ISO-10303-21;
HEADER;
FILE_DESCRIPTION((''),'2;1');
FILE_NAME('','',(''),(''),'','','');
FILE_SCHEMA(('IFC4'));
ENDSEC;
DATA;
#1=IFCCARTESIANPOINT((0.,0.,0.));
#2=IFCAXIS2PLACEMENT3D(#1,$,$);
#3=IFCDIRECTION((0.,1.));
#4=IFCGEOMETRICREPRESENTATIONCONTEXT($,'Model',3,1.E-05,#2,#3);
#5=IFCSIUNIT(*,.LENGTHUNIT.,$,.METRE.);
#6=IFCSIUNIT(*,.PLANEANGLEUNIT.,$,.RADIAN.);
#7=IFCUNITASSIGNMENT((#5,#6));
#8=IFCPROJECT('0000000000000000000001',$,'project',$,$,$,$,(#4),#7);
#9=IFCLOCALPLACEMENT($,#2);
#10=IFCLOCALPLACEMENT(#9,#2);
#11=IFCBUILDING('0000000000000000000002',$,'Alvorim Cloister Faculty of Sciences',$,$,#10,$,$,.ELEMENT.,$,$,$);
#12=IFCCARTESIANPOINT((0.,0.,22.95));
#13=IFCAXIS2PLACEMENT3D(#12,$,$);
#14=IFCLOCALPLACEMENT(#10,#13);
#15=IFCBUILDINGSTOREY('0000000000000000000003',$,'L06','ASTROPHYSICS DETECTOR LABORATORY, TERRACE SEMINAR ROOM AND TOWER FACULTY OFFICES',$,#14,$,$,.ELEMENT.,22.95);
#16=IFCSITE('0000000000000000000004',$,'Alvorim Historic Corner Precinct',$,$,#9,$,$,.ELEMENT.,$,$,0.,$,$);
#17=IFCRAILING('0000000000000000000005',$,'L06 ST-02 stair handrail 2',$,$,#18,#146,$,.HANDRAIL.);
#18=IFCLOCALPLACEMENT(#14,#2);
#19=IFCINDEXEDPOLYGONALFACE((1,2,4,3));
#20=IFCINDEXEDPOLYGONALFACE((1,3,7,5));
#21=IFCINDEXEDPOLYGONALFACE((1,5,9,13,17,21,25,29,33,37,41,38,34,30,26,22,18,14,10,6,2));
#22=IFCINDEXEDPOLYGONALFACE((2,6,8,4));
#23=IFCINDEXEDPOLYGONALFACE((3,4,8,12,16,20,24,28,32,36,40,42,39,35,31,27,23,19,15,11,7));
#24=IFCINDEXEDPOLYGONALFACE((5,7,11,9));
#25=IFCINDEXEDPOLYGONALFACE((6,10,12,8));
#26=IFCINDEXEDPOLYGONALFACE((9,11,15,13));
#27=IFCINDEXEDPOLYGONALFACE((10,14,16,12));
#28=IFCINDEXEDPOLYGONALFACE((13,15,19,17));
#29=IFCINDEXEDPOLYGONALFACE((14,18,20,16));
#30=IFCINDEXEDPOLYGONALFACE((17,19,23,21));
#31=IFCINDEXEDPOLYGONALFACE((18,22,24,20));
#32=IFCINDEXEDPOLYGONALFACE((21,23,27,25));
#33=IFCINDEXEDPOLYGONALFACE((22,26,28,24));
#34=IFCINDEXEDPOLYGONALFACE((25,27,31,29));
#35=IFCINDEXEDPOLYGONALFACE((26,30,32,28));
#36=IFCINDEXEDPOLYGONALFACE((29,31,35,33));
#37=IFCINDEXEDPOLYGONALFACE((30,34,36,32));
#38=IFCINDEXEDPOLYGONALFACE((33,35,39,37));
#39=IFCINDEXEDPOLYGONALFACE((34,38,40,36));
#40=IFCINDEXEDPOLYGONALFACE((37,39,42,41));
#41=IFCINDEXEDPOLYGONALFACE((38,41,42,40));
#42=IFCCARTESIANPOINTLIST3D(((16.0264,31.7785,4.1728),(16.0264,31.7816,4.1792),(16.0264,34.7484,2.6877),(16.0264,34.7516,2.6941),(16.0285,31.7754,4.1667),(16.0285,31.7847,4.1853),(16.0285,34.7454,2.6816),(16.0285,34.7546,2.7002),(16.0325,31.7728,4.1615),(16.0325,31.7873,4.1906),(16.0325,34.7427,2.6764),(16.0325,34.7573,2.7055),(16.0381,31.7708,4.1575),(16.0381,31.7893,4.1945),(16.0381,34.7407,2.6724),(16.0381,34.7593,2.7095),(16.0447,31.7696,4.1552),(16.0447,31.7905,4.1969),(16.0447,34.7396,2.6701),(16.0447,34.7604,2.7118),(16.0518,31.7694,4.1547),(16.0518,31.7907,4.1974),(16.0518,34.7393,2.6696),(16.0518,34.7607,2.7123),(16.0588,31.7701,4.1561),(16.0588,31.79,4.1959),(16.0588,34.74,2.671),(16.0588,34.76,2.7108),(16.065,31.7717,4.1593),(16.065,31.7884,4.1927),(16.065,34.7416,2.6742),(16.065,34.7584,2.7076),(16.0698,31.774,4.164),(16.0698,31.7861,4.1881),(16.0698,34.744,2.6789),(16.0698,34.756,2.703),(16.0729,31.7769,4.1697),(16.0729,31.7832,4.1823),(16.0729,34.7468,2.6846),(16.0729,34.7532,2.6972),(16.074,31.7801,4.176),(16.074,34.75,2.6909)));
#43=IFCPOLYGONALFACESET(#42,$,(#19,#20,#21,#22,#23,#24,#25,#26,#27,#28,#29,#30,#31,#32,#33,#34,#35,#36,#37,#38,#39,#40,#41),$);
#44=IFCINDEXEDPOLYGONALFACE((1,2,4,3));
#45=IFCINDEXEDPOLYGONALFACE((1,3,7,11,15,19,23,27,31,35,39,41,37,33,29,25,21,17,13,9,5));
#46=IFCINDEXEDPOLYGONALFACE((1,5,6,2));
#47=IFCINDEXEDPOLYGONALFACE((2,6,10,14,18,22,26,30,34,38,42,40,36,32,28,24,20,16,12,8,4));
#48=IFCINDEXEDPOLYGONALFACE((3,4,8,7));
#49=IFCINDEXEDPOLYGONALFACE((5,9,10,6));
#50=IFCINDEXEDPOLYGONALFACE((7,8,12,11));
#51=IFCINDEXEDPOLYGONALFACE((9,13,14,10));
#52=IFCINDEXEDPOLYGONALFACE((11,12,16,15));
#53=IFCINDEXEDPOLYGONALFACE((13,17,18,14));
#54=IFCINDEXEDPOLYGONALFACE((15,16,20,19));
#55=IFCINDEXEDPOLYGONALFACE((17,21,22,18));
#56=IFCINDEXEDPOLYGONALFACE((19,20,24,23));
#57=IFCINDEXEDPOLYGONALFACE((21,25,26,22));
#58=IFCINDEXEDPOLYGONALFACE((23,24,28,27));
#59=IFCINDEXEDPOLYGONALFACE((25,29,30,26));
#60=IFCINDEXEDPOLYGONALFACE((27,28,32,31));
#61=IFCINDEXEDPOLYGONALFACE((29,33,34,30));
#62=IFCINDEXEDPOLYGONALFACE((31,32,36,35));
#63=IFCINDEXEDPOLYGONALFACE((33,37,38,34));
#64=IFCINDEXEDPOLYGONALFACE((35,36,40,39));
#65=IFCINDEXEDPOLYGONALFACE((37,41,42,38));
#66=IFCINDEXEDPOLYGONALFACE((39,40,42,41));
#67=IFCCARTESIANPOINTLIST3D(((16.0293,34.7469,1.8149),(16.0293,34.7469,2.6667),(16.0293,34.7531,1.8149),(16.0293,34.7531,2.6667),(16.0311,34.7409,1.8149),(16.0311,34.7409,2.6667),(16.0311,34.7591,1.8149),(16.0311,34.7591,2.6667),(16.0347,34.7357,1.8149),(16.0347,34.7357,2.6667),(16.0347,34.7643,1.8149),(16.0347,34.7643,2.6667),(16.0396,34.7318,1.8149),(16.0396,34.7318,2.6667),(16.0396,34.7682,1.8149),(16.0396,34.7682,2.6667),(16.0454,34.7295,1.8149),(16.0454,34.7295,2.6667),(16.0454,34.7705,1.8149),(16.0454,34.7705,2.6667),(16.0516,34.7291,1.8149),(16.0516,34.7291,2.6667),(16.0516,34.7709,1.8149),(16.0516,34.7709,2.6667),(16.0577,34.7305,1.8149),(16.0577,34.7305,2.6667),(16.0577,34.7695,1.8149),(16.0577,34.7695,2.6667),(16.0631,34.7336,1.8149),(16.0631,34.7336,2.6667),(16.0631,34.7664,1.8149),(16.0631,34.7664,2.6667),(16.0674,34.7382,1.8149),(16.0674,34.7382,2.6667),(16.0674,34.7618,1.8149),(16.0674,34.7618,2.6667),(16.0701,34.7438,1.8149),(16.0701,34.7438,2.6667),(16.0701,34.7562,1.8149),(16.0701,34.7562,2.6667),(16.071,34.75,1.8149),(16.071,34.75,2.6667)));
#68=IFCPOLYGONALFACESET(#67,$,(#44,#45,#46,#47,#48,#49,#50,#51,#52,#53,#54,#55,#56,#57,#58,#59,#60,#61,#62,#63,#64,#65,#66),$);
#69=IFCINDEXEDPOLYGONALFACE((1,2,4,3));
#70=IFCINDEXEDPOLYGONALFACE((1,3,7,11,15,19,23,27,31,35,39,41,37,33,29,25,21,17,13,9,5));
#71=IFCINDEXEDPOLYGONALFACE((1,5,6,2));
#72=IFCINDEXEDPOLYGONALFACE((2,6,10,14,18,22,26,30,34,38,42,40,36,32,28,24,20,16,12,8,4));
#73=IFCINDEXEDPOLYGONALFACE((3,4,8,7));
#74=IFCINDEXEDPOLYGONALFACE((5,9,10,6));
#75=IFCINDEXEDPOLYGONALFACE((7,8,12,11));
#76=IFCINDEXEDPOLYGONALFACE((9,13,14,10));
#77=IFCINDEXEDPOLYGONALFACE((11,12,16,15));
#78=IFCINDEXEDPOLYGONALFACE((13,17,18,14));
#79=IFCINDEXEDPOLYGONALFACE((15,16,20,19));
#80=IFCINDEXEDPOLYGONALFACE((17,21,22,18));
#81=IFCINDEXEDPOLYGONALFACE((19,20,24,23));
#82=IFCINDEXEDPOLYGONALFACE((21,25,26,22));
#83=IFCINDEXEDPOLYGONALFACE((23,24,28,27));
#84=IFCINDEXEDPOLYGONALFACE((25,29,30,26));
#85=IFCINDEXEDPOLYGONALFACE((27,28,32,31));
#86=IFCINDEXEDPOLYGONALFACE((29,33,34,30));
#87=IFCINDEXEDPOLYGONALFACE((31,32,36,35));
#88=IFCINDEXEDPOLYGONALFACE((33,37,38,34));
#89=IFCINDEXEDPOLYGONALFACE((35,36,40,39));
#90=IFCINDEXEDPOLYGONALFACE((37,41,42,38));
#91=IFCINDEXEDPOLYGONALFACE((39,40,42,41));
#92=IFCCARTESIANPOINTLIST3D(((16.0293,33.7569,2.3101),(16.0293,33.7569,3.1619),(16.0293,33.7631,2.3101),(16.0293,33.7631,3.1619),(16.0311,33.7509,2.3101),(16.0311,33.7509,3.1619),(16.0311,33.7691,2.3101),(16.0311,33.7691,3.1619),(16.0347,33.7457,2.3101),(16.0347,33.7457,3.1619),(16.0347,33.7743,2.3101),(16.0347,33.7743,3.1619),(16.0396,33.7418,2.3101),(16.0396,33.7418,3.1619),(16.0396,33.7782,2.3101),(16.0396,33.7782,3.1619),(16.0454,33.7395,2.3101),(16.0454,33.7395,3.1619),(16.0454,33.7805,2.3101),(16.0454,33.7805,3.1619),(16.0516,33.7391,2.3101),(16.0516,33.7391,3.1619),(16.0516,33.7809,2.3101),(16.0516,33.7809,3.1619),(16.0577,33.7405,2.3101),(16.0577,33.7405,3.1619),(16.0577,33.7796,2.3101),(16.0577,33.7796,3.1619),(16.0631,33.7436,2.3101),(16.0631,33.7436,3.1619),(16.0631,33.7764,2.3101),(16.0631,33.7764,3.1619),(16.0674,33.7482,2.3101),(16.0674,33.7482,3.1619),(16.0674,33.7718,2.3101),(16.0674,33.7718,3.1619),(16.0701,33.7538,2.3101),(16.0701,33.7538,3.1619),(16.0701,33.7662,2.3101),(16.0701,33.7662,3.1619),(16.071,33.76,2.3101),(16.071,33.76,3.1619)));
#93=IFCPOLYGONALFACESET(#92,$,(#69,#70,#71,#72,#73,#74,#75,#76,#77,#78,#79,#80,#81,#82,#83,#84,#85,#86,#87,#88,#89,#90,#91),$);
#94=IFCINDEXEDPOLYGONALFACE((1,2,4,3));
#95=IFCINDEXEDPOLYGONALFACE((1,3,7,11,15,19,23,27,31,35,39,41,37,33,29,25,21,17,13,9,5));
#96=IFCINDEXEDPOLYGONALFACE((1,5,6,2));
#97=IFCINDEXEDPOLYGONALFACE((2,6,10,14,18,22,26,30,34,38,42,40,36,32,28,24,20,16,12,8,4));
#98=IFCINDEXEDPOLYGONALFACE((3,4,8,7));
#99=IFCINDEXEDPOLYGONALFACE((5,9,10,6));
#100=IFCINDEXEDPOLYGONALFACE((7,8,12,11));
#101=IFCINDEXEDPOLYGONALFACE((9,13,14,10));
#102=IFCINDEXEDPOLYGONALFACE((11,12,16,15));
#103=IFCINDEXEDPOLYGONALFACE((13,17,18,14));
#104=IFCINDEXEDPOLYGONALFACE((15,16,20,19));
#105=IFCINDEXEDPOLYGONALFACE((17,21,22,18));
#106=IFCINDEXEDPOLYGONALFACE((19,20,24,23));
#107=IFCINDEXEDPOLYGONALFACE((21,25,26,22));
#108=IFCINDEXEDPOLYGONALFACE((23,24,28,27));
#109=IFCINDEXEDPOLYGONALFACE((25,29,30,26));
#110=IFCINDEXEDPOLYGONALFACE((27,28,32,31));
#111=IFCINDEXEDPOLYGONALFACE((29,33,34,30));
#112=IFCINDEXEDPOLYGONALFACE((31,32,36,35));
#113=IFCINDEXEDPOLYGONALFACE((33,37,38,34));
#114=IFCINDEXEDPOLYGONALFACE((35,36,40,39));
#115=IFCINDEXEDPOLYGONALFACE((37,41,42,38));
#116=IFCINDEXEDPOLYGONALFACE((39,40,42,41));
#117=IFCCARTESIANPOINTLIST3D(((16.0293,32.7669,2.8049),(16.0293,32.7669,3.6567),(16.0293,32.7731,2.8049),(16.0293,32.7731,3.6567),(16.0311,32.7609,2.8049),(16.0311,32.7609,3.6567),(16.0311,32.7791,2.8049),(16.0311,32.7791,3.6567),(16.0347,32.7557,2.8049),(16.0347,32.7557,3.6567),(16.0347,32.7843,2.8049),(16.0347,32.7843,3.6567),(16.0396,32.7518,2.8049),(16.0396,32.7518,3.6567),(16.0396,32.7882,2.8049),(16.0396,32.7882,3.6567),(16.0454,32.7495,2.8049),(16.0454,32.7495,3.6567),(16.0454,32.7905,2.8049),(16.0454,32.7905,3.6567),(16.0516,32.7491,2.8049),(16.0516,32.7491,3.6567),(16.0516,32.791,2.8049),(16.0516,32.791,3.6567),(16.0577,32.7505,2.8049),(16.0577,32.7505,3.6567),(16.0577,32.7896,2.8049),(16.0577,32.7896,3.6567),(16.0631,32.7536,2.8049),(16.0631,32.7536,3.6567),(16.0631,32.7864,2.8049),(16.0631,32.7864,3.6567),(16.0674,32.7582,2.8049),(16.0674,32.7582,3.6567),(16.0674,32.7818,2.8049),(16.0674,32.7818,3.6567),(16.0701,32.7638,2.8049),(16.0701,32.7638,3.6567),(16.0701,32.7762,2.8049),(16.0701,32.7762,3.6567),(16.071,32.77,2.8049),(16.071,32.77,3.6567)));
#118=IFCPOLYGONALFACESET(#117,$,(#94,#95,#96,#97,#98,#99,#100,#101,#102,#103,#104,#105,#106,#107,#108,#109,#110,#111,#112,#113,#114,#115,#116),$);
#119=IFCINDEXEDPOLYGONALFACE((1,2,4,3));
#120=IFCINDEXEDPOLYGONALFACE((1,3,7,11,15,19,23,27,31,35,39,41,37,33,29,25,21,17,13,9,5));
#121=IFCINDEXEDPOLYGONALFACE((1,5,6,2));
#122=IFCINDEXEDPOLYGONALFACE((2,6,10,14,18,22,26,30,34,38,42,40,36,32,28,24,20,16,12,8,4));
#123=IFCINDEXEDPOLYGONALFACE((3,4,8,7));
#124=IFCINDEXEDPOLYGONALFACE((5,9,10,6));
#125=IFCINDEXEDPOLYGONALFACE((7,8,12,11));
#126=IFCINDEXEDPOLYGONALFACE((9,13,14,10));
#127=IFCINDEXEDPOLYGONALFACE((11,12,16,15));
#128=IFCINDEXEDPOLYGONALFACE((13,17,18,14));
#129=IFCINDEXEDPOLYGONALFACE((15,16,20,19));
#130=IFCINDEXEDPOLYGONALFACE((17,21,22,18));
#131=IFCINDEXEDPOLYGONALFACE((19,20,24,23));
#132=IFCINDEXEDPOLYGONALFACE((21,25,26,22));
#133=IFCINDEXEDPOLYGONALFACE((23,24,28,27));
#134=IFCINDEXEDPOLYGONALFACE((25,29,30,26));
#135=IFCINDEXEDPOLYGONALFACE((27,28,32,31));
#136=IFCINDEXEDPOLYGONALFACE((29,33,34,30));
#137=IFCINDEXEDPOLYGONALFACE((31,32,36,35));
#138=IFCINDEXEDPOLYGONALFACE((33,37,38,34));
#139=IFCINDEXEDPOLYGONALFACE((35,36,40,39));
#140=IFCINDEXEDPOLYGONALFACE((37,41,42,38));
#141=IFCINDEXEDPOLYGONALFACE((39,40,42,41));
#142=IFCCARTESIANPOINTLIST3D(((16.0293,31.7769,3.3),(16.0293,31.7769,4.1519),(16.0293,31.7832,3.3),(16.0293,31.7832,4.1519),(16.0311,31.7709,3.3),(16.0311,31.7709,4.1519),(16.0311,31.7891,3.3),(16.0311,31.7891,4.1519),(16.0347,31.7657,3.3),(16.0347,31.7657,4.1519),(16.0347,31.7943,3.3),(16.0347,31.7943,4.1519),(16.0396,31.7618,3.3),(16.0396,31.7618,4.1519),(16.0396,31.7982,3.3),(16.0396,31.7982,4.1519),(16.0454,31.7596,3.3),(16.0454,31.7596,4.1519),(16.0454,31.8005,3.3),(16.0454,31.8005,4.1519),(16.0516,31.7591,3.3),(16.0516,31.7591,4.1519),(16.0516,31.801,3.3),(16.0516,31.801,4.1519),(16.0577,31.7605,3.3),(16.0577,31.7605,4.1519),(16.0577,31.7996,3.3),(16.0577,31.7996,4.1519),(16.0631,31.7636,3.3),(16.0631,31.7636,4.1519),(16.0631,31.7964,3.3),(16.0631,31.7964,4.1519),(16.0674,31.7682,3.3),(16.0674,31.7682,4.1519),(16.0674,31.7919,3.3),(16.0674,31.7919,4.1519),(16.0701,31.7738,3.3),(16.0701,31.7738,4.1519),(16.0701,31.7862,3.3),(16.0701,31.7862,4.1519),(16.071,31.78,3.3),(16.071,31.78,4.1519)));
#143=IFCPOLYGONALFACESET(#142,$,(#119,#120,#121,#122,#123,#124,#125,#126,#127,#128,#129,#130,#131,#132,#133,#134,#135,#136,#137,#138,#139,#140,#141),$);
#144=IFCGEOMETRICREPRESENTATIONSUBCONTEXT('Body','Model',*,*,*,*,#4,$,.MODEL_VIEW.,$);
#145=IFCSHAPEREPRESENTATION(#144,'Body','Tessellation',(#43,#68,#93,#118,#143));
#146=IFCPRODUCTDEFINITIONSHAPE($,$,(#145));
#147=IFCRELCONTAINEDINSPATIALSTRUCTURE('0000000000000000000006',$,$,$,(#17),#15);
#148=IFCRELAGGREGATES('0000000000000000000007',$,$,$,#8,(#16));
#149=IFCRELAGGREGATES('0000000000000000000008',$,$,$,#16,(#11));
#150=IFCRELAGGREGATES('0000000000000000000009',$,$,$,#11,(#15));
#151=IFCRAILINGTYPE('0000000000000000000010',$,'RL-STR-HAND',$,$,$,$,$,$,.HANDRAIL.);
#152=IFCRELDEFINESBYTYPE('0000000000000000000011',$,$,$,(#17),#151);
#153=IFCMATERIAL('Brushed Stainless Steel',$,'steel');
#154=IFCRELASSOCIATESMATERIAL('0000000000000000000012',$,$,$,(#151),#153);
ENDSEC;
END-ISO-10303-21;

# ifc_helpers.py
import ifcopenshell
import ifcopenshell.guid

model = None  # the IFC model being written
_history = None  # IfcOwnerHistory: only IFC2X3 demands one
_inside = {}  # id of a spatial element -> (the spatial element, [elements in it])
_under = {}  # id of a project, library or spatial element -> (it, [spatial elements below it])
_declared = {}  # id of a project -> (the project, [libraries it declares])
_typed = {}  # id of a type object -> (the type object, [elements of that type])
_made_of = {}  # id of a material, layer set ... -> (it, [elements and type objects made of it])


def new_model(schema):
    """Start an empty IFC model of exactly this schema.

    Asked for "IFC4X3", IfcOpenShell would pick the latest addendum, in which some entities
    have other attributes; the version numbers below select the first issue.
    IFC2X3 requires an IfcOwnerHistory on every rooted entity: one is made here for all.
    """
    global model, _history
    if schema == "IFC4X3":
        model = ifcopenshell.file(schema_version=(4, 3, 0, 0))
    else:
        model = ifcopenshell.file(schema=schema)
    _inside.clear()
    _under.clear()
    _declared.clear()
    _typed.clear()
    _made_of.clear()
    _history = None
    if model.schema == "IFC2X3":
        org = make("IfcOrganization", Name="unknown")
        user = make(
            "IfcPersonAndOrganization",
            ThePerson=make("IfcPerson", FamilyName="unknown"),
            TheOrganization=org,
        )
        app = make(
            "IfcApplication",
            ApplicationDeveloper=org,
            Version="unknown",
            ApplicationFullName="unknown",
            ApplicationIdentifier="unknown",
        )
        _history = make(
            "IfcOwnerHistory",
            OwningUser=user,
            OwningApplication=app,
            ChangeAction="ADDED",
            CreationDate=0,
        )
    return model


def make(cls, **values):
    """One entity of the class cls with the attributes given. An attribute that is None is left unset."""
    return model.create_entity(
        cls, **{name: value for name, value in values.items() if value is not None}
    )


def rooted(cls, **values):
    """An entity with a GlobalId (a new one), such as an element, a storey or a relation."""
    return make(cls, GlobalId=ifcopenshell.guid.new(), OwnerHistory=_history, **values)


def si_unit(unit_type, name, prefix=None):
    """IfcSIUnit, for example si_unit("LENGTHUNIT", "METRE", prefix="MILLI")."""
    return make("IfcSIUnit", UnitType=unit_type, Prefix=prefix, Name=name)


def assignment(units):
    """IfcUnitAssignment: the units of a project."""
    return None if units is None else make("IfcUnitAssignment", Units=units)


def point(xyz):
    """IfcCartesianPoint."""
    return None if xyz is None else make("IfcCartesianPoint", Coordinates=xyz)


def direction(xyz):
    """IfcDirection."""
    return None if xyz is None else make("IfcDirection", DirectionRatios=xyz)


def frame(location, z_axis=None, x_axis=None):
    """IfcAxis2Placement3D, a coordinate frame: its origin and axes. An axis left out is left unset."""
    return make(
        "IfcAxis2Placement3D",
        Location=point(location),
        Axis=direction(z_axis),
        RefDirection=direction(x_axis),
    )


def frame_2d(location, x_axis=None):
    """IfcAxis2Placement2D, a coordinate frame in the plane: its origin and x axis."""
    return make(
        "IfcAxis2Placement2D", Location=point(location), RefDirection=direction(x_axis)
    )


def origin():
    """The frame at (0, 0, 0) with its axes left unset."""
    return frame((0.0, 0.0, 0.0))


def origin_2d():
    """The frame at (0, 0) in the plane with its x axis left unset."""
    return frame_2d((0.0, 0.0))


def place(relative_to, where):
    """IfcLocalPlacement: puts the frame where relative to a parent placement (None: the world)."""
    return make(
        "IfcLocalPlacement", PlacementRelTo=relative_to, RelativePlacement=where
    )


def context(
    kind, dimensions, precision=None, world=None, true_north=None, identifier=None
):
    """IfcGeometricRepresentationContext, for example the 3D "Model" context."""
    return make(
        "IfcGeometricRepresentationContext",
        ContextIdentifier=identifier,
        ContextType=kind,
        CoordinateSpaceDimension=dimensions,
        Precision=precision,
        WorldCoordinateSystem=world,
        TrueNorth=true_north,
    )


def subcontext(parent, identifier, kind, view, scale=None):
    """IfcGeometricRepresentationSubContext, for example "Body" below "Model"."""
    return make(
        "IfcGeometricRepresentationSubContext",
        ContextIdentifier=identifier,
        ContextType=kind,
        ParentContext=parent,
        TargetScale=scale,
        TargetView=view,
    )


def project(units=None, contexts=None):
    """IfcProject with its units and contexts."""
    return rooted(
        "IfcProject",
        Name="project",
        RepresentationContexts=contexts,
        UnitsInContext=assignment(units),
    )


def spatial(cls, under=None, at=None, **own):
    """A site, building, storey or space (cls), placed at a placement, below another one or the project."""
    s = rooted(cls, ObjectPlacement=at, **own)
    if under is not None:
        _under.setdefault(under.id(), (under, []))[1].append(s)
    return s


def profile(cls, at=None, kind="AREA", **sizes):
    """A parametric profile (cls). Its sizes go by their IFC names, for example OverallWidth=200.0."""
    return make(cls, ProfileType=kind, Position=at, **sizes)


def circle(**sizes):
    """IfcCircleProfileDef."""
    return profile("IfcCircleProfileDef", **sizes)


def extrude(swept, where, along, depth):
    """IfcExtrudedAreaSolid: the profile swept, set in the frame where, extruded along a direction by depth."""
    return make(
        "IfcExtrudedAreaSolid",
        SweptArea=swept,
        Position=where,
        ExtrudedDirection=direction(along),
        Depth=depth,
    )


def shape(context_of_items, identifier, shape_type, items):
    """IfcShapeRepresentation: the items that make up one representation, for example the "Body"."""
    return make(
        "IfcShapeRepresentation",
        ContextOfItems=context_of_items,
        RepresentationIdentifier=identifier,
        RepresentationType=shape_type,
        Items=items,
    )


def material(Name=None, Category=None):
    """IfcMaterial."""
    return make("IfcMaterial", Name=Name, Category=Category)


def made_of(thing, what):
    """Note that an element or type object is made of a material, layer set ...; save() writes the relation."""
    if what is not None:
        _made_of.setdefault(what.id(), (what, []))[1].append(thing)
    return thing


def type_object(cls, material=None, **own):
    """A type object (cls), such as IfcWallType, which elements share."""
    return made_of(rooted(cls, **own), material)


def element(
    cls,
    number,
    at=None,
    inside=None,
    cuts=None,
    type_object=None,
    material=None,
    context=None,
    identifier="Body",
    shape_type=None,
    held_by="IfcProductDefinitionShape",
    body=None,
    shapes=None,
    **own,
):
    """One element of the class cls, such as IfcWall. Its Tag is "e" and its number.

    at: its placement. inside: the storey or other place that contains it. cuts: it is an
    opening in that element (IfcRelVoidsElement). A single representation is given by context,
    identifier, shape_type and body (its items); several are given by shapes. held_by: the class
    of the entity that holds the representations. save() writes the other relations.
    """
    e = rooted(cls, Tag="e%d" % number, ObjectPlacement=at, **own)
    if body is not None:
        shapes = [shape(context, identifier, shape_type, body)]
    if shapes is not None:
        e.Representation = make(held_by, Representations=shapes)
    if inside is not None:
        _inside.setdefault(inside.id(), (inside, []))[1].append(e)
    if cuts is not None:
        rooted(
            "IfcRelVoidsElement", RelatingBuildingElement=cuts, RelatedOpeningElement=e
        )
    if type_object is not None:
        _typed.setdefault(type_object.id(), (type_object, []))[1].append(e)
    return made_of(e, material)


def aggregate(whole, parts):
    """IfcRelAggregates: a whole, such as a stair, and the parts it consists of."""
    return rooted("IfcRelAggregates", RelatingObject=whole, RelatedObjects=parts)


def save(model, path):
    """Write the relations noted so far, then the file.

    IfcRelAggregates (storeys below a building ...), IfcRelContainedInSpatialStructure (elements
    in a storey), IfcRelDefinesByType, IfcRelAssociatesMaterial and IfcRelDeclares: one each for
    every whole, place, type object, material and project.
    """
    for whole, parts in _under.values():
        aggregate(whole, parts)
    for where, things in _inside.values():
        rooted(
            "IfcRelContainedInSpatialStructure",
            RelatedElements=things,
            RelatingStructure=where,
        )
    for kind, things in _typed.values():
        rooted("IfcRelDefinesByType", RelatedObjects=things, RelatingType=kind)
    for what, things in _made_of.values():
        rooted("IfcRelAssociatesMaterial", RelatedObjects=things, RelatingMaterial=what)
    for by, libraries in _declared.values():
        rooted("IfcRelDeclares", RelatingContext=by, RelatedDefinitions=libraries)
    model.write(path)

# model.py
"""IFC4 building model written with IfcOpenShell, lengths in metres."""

from ifc_helpers import new_model, si_unit, direction, frame, origin, origin_2d, place, context, subcontext, project, spatial, circle, extrude, material, type_object, element, save


model = new_model("IFC4")

# Units and contexts
model_context = context("Model", 3, precision=1e-05, world=origin(), true_north=direction((0.0, 1.0)))
body_context = subcontext(model_context, "Body", "Model", "MODEL_VIEW")
ifc_project = project(units=[si_unit("LENGTHUNIT", "METRE"), si_unit("PLANEANGLEUNIT", "RADIAN")], contexts=[model_context])

# Site, building, storey
site_placement = place(None, origin())
site = spatial("IfcSite", under=ifc_project, at=site_placement, Name="Alvorim Historic Corner Precinct", CompositionType="ELEMENT", RefElevation=0.0)
building_placement = place(site_placement, origin())
building = spatial("IfcBuilding", under=site, at=building_placement, Name="Alvorim Cloister Faculty of Sciences", CompositionType="ELEMENT")
storey_placement = place(building_placement, frame((0.0, 0.0, 22.95)))
storey = spatial("IfcBuildingStorey", under=building, at=storey_placement, Name="L06", Description="ASTROPHYSICS DETECTOR LABORATORY, TERRACE SEMINAR ROOM AND TOWER FACULTY OFFICES", CompositionType="ELEMENT", Elevation=22.95)

# Shared definitions
ifc_material_1 = material(Name="Brushed Stainless Steel", Category="steel")

# Railing
railing_type_1 = type_object("IfcRailingType", Name="RL-STR-HAND", PredefinedType="HANDRAIL", material=ifc_material_1)
railing_1_placement = place(storey_placement, frame((16.05, 34.75, 1.8149)))
element("IfcRailing", 1, at=railing_1_placement, inside=storey, type_object=railing_type_1, Name="L06 ST-02 stair handrail 2", PredefinedType="HANDRAIL", context=body_context, shape_type="SweptSolid", body=[
    extrude(circle(Radius=0.0239, at=origin_2d()), frame((0.0, 0.0, 0.876), z_axis=(0.0, -0.894412, 0.447243), x_axis=(1.0, 0.0, 0.0)), (0.0, 0.0, 1.0), 3.3206),
    extrude(circle(Radius=0.021, at=origin_2d()), origin(), (0.0, 0.0, 1.0), 0.8518),
    extrude(circle(Radius=0.021, at=origin_2d()), frame((0.0, -0.99, 0.4951)), (0.0, 0.0, 1.0), 0.8518),
    extrude(circle(Radius=0.021, at=origin_2d()), frame((0.0, -1.98, 0.99)), (0.0, 0.0, 1.0), 0.8518),
    extrude(circle(Radius=0.021, at=origin_2d()), frame((0.0, -2.97, 1.4851)), (0.0, 0.0, 1.0), 0.8518),
])

save(model, "model.ifc")
